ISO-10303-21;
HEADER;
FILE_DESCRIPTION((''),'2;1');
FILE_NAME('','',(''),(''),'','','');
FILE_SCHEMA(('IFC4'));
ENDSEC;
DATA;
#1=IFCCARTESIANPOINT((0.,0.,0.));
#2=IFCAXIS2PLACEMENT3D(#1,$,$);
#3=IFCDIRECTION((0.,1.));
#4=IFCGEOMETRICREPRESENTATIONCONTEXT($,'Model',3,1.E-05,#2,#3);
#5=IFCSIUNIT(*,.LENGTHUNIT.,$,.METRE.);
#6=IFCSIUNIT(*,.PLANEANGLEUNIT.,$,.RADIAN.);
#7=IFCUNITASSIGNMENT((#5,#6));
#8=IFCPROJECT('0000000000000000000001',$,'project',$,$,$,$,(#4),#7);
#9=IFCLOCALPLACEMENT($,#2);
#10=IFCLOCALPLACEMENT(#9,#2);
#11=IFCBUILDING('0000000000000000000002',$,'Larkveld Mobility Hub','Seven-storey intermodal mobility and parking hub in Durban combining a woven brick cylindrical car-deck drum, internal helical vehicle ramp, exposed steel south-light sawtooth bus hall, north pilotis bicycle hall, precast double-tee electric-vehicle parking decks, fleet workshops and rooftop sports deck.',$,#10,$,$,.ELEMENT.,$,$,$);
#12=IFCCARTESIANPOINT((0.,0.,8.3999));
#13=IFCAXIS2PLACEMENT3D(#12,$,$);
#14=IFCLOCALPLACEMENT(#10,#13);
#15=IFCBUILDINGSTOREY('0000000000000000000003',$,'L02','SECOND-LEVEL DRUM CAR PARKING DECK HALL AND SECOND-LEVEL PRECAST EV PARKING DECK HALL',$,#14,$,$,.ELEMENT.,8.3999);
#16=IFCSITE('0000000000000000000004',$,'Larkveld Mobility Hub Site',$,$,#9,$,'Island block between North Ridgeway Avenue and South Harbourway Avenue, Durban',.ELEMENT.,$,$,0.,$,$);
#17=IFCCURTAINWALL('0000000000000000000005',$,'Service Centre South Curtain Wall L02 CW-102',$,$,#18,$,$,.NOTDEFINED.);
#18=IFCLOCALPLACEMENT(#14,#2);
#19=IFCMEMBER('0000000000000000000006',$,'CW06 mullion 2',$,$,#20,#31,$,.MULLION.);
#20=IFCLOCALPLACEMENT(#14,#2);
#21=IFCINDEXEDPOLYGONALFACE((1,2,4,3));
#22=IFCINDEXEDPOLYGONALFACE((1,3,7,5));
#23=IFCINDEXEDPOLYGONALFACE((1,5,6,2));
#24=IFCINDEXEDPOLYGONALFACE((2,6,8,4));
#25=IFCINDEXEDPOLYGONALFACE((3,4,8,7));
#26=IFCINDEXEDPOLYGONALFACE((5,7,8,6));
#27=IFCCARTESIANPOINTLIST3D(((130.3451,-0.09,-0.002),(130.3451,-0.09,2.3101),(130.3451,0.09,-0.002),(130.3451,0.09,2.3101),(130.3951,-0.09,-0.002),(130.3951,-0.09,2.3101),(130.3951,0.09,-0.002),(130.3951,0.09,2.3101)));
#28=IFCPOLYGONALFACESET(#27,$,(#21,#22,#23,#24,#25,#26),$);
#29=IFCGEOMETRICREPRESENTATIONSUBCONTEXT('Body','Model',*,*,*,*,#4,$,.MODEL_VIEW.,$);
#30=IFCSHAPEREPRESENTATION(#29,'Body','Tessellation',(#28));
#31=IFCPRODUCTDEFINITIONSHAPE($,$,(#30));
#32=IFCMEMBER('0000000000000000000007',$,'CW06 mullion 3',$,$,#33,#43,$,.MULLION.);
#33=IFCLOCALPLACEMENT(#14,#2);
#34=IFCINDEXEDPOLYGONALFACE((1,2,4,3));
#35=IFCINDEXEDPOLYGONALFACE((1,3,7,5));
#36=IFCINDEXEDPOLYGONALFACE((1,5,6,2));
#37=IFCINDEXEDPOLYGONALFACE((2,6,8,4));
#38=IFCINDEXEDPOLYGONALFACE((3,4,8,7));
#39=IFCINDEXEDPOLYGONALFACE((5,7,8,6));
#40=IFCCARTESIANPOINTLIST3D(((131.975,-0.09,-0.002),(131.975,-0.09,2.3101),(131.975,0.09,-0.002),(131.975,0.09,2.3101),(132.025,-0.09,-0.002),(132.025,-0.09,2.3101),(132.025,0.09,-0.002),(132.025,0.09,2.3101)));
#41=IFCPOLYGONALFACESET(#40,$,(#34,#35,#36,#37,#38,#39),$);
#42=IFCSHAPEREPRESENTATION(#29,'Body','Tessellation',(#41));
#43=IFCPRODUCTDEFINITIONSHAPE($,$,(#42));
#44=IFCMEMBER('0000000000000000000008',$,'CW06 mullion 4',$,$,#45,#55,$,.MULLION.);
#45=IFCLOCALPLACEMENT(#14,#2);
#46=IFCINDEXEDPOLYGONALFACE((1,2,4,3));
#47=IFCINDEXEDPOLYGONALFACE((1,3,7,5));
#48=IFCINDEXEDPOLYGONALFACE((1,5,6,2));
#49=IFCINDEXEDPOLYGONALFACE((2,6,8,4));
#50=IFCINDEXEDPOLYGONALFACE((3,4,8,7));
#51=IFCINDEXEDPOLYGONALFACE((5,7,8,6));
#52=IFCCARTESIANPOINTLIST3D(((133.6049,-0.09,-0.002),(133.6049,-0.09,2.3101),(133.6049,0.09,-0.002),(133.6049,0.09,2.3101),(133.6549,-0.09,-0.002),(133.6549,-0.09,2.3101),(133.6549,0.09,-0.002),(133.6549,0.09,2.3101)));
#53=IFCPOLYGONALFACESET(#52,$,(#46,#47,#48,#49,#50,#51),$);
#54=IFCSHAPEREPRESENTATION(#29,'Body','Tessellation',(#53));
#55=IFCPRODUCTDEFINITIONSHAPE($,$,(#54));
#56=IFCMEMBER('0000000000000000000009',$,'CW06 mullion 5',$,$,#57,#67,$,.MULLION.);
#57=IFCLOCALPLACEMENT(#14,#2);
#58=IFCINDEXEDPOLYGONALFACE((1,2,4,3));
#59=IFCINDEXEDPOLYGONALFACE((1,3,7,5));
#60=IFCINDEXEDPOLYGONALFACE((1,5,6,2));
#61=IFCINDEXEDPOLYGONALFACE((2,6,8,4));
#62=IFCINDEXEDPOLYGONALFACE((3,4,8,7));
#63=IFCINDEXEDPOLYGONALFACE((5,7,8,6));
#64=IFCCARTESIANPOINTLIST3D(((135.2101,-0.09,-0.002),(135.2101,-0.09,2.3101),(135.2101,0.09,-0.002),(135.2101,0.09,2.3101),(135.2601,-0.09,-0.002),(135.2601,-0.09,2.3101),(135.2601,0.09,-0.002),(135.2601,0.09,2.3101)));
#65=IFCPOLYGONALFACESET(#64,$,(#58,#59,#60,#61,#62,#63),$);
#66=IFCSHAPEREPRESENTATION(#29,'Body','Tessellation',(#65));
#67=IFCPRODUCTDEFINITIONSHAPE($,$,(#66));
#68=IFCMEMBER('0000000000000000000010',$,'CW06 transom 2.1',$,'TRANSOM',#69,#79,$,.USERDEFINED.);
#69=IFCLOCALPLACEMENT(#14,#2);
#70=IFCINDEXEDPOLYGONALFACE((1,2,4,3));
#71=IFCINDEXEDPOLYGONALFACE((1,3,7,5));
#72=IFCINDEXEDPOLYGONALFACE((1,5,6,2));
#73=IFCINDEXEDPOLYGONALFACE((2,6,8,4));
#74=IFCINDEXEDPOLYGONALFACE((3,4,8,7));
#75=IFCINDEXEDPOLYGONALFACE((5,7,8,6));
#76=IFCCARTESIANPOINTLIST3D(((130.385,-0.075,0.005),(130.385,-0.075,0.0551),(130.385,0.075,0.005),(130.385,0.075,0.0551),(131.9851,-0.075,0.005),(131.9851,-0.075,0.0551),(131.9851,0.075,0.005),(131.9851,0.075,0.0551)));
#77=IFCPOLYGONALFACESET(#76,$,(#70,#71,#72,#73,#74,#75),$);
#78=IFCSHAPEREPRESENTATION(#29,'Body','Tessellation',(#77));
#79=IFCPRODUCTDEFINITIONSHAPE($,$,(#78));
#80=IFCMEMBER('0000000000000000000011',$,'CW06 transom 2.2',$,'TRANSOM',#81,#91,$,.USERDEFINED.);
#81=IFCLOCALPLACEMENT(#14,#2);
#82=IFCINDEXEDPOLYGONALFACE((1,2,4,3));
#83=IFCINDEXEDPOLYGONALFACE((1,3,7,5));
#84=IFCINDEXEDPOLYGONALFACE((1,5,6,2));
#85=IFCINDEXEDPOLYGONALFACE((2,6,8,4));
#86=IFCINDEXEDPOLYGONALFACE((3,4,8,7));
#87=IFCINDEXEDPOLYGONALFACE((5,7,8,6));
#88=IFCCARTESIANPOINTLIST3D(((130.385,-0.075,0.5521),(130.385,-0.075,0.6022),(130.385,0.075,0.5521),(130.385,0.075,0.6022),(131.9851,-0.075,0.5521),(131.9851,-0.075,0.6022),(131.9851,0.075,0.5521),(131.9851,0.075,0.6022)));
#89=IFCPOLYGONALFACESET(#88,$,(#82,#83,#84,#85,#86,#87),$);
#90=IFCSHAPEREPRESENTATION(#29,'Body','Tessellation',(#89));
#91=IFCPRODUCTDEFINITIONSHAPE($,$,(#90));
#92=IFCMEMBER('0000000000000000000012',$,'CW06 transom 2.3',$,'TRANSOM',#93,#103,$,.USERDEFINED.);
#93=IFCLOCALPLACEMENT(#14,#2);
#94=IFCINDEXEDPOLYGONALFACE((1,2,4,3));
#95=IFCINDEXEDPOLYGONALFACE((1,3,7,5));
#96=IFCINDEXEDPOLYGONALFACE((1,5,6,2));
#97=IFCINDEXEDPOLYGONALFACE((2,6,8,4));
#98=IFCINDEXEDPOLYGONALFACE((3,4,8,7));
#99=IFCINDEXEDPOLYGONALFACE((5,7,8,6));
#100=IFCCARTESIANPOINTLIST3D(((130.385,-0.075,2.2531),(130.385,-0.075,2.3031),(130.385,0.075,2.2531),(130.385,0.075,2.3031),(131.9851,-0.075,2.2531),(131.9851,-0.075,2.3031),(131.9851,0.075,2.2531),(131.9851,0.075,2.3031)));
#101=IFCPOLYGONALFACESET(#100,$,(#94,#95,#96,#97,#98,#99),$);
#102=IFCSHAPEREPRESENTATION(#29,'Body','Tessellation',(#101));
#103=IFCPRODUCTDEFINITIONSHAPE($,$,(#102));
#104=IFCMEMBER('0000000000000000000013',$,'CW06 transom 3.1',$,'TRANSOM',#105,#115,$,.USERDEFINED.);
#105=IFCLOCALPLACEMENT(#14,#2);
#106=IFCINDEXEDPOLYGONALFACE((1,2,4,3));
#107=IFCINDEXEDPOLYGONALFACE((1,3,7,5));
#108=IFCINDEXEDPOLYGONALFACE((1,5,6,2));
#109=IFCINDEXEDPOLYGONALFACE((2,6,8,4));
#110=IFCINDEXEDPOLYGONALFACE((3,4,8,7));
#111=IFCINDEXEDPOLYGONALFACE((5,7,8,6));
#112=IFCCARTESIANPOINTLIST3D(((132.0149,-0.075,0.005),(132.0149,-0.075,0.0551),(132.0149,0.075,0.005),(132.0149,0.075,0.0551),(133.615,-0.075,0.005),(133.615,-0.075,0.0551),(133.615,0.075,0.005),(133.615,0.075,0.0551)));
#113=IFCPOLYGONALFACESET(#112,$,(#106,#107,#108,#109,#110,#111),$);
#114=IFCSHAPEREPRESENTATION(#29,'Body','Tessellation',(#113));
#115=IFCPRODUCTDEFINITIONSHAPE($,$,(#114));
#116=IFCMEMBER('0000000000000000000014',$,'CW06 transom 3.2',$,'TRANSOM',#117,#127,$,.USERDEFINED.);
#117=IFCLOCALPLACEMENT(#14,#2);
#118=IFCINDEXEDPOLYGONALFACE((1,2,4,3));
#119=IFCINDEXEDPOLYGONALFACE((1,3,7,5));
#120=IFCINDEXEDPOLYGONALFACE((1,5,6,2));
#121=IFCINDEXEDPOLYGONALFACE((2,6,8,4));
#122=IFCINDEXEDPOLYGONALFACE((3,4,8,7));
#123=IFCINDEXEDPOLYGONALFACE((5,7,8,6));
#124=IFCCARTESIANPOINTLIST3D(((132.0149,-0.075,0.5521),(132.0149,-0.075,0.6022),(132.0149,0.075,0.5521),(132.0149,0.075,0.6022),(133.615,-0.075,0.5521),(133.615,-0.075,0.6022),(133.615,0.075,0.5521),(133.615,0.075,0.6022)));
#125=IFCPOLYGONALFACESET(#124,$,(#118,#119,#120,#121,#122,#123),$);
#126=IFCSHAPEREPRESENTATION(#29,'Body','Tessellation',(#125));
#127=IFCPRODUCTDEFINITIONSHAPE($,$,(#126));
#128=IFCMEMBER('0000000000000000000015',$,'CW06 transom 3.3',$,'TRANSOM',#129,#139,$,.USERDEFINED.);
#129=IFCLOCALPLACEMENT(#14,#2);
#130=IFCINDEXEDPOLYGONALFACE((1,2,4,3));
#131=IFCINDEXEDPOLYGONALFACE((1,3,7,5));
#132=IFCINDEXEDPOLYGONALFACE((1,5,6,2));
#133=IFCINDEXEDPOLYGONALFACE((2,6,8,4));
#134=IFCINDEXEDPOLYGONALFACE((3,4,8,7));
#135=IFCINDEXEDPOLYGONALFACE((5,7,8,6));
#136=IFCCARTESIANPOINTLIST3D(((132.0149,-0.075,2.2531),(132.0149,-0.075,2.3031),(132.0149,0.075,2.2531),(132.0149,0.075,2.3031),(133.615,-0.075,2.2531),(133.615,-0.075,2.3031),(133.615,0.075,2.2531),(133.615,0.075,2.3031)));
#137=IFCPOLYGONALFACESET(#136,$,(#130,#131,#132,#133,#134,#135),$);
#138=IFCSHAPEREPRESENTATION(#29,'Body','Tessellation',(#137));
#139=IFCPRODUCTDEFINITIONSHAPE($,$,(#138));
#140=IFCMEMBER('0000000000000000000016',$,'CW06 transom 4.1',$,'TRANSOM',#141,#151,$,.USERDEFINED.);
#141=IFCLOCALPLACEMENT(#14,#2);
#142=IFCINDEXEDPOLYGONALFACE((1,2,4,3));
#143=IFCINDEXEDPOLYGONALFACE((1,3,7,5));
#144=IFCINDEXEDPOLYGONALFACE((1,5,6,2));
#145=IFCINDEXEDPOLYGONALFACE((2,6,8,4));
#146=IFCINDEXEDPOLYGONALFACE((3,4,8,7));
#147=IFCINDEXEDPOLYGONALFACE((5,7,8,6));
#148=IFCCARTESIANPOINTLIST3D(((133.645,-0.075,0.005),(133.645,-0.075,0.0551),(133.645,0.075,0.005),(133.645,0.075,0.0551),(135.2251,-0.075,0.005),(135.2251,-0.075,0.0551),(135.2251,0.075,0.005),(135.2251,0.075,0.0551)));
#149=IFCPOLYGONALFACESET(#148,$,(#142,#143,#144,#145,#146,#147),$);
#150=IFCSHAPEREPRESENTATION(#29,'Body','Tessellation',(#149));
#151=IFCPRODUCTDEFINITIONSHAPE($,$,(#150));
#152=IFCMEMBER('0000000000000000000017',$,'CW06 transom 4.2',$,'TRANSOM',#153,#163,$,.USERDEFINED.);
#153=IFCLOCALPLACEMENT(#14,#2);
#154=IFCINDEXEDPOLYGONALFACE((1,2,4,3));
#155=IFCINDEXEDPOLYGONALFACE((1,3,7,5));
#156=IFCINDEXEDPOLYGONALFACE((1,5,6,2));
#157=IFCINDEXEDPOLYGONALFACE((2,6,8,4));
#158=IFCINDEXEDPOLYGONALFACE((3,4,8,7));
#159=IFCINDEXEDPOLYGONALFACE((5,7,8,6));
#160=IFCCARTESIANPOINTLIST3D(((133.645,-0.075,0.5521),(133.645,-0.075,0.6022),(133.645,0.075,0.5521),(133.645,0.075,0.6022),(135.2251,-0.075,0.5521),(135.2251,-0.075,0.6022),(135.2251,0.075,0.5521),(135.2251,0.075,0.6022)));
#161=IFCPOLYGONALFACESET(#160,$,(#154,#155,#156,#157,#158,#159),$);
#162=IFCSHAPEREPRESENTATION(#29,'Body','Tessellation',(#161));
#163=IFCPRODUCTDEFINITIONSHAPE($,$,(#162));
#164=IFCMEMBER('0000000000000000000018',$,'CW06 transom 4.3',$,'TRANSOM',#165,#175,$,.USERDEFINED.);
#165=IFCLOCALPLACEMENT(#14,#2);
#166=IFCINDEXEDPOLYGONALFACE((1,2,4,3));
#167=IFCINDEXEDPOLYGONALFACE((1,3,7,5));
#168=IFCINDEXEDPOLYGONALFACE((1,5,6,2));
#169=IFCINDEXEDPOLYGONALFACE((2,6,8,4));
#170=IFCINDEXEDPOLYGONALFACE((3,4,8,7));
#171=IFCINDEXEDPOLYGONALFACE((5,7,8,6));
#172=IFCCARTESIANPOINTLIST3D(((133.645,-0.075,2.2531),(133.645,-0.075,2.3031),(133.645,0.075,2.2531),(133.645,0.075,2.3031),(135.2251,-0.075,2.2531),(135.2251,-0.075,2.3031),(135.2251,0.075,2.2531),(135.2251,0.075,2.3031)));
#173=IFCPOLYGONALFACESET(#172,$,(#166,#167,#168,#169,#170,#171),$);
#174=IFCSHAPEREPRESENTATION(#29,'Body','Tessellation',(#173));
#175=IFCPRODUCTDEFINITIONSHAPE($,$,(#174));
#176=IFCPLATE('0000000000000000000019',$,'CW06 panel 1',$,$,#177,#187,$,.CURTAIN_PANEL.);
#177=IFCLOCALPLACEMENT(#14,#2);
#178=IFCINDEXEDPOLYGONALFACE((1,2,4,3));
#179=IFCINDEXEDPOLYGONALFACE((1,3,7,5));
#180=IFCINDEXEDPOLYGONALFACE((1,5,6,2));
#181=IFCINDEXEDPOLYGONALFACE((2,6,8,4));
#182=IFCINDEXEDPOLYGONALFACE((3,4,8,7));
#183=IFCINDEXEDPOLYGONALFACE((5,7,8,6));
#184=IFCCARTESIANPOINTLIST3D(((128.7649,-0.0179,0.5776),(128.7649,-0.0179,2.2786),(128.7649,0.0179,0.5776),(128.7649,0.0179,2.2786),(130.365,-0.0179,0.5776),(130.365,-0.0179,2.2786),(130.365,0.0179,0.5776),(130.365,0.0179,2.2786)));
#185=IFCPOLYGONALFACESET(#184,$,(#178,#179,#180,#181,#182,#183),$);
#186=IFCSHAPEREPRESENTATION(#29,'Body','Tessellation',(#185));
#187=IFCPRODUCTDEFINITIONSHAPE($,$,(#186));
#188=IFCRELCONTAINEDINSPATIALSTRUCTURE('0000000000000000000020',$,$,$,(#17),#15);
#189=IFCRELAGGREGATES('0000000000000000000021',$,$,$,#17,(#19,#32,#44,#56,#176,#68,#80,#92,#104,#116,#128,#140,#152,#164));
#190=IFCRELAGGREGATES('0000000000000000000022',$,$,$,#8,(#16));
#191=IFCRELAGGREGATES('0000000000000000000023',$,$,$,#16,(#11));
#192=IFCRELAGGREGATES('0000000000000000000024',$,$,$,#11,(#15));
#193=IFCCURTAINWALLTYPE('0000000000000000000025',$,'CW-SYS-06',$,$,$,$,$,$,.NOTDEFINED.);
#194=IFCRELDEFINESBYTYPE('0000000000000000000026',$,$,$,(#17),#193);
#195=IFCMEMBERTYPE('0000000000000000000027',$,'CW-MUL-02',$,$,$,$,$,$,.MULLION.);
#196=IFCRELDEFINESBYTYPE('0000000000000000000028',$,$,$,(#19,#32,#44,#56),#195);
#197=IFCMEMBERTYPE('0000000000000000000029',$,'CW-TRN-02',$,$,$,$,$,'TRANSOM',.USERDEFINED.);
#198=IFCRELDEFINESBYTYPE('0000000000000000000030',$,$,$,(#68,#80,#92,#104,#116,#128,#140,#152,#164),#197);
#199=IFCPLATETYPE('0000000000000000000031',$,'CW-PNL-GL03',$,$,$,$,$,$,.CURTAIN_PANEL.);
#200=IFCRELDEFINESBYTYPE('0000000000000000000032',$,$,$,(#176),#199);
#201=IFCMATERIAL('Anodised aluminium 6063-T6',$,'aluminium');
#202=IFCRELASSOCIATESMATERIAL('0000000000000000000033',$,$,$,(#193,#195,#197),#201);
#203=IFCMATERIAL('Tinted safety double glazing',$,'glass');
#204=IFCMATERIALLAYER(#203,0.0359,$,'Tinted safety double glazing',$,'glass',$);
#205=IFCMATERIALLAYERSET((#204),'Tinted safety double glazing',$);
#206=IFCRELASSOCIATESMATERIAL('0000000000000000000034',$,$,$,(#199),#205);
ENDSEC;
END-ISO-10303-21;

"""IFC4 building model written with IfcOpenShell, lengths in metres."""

from ifc_helpers import new_model, si_unit, direction, frame, origin, origin_2d, place, context, subcontext, project, spatial, rectangle, extrude, material, layer, layer_set, material_profile, profile_set, type_object, element, aggregate, save


model = new_model("IFC4")

# Units and contexts
model_context = context("Model", 3, precision=1e-05, world=origin(), true_north=direction((0.0, 1.0)))
body_context = subcontext(model_context, "Body", "Model", "MODEL_VIEW")
ifc_project = project(units=[si_unit("LENGTHUNIT", "METRE"), si_unit("PLANEANGLEUNIT", "RADIAN")], contexts=[model_context])

# Site, building, storey
site_placement = place(None, origin())
site = spatial("IfcSite", under=ifc_project, at=site_placement, Name="Larkveld Mobility Hub Site", LongName="Island block between North Ridgeway Avenue and South Harbourway Avenue, Durban", CompositionType="ELEMENT", RefElevation=0.0)
building_placement = place(site_placement, origin())
building = spatial("IfcBuilding", under=site, at=building_placement, Name="Larkveld Mobility Hub", Description="Seven-storey intermodal mobility and parking hub in Durban combining a woven brick cylindrical car-deck drum, internal helical vehicle ramp, exposed steel south-light sawtooth bus hall, north pilotis bicycle hall, precast double-tee electric-vehicle parking decks, fleet workshops and rooftop sports deck.", CompositionType="ELEMENT")
storey_placement = place(building_placement, frame((0.0, 0.0, 8.3999)))
storey = spatial("IfcBuildingStorey", under=building, at=storey_placement, Name="L02", Description="SECOND-LEVEL DRUM CAR PARKING DECK HALL AND SECOND-LEVEL PRECAST EV PARKING DECK HALL", CompositionType="ELEMENT", Elevation=8.3999)

# Curtain wall, members, plate
ifc_material_1 = material(Name="Anodised aluminium 6063-T6", Category="aluminium")
curtain_wall_type = type_object("IfcCurtainWallType", Name="CW-SYS-06", PredefinedType="NOTDEFINED", material=ifc_material_1)
curtain_wall_placement = place(storey_placement, origin())
curtain_wall = element("IfcCurtainWall", 1, at=curtain_wall_placement, inside=storey, type_object=curtain_wall_type, Name="Service Centre South Curtain Wall L02 CW-102", PredefinedType="NOTDEFINED")
ifc_material_profile_1 = material_profile(ifc_material_1, rectangle(XDim=0.05, YDim=0.1799, at=origin_2d()), Name="ALU MULL 50x180")
ifc_profile_set_1 = profile_set([ifc_material_profile_1], Name="Anodised aluminium 6063-T6")
member_type_1 = type_object("IfcMemberType", Name="CW-MUL-02", PredefinedType="MULLION", material=ifc_profile_set_1)
member_1_placement = place(storey_placement, frame((130.3701, 0.0, -0.002), z_axis=(0.0, 0.0, 1.0), x_axis=(1.0, 0.0, 0.0)))
member_1 = element("IfcMember", 2, at=member_1_placement, type_object=member_type_1, Name="CW06 mullion 2", PredefinedType="MULLION", context=body_context, shape_type="SweptSolid", body=[
    extrude(rectangle(XDim=0.05, YDim=0.1799, at=origin_2d()), origin(), (0.0, 0.0, 1.0), 2.312),
])
member_2_placement = place(storey_placement, frame((132.0, 0.0, -0.002), z_axis=(0.0, 0.0, 1.0), x_axis=(1.0, 0.0, 0.0)))
member_2 = element("IfcMember", 3, at=member_2_placement, type_object=member_type_1, Name="CW06 mullion 3", PredefinedType="MULLION", context=body_context, shape_type="SweptSolid", body=[
    extrude(rectangle(XDim=0.05, YDim=0.1799, at=origin_2d()), origin(), (0.0, 0.0, 1.0), 2.312),
])
member_3_placement = place(storey_placement, frame((133.6299, 0.0, -0.002), z_axis=(0.0, 0.0, 1.0), x_axis=(1.0, 0.0, 0.0)))
member_3 = element("IfcMember", 4, at=member_3_placement, type_object=member_type_1, Name="CW06 mullion 4", PredefinedType="MULLION", context=body_context, shape_type="SweptSolid", body=[
    extrude(rectangle(XDim=0.05, YDim=0.1799, at=origin_2d()), origin(), (0.0, 0.0, 1.0), 2.312),
])
member_4_placement = place(storey_placement, frame((135.2351, 0.0, -0.002), z_axis=(0.0, 0.0, 1.0), x_axis=(1.0, 0.0, 0.0)))
member_4 = element("IfcMember", 5, at=member_4_placement, type_object=member_type_1, Name="CW06 mullion 5", PredefinedType="MULLION", context=body_context, shape_type="SweptSolid", body=[
    extrude(rectangle(XDim=0.05, YDim=0.1799, at=origin_2d()), origin(), (0.0, 0.0, 1.0), 2.312),
])
ifc_material_profile_2 = material_profile(ifc_material_1, rectangle(XDim=0.1499, YDim=0.05, at=origin_2d()), Name="ALU TRAN 50x150")
ifc_profile_set_2 = profile_set([ifc_material_profile_2], Name="Anodised aluminium 6063-T6")
member_type_2 = type_object("IfcMemberType", Name="CW-TRN-02", ElementType="TRANSOM", PredefinedType="USERDEFINED", material=ifc_profile_set_2)
member_5_placement = place(storey_placement, frame((130.385, 0.0, 0.03), z_axis=(1.0, 0.0, 0.0), x_axis=(0.0, 1.0, 0.0)))
member_5 = element("IfcMember", 6, at=member_5_placement, type_object=member_type_2, Name="CW06 transom 2.1", ObjectType="TRANSOM", PredefinedType="USERDEFINED", context=body_context, shape_type="SweptSolid", body=[
    extrude(rectangle(XDim=0.1499, YDim=0.05, at=origin_2d()), origin(), (0.0, 0.0, 1.0), 1.6001),
])
member_6_placement = place(storey_placement, frame((130.385, 0.0, 0.5771), z_axis=(1.0, 0.0, 0.0), x_axis=(0.0, 1.0, 0.0)))
member_6 = element("IfcMember", 7, at=member_6_placement, type_object=member_type_2, Name="CW06 transom 2.2", ObjectType="TRANSOM", PredefinedType="USERDEFINED", context=body_context, shape_type="SweptSolid", body=[
    extrude(rectangle(XDim=0.1499, YDim=0.05, at=origin_2d()), origin(), (0.0, 0.0, 1.0), 1.6001),
])
member_7_placement = place(storey_placement, frame((130.385, 0.0, 2.2781), z_axis=(1.0, 0.0, 0.0), x_axis=(0.0, 1.0, 0.0)))
member_7 = element("IfcMember", 8, at=member_7_placement, type_object=member_type_2, Name="CW06 transom 2.3", ObjectType="TRANSOM", PredefinedType="USERDEFINED", context=body_context, shape_type="SweptSolid", body=[
    extrude(rectangle(XDim=0.1499, YDim=0.05, at=origin_2d()), origin(), (0.0, 0.0, 1.0), 1.6001),
])
member_8_placement = place(storey_placement, frame((132.0149, 0.0, 0.03), z_axis=(1.0, 0.0, 0.0), x_axis=(0.0, 1.0, 0.0)))
member_8 = element("IfcMember", 9, at=member_8_placement, type_object=member_type_2, Name="CW06 transom 3.1", ObjectType="TRANSOM", PredefinedType="USERDEFINED", context=body_context, shape_type="SweptSolid", body=[
    extrude(rectangle(XDim=0.1499, YDim=0.05, at=origin_2d()), origin(), (0.0, 0.0, 1.0), 1.6001),
])
member_9_placement = place(storey_placement, frame((132.0149, 0.0, 0.5771), z_axis=(1.0, 0.0, 0.0), x_axis=(0.0, 1.0, 0.0)))
member_9 = element("IfcMember", 10, at=member_9_placement, type_object=member_type_2, Name="CW06 transom 3.2", ObjectType="TRANSOM", PredefinedType="USERDEFINED", context=body_context, shape_type="SweptSolid", body=[
    extrude(rectangle(XDim=0.1499, YDim=0.05, at=origin_2d()), origin(), (0.0, 0.0, 1.0), 1.6001),
])
member_10_placement = place(storey_placement, frame((132.0149, 0.0, 2.2781), z_axis=(1.0, 0.0, 0.0), x_axis=(0.0, 1.0, 0.0)))
member_10 = element("IfcMember", 11, at=member_10_placement, type_object=member_type_2, Name="CW06 transom 3.3", ObjectType="TRANSOM", PredefinedType="USERDEFINED", context=body_context, shape_type="SweptSolid", body=[
    extrude(rectangle(XDim=0.1499, YDim=0.05, at=origin_2d()), origin(), (0.0, 0.0, 1.0), 1.6001),
])
member_11_placement = place(storey_placement, frame((133.645, 0.0, 0.03), z_axis=(1.0, 0.0, 0.0), x_axis=(0.0, 1.0, 0.0)))
member_11 = element("IfcMember", 12, at=member_11_placement, type_object=member_type_2, Name="CW06 transom 4.1", ObjectType="TRANSOM", PredefinedType="USERDEFINED", context=body_context, shape_type="SweptSolid", body=[
    extrude(rectangle(XDim=0.1499, YDim=0.05, at=origin_2d()), origin(), (0.0, 0.0, 1.0), 1.5801),
])
member_12_placement = place(storey_placement, frame((133.645, 0.0, 0.5771), z_axis=(1.0, 0.0, 0.0), x_axis=(0.0, 1.0, 0.0)))
member_12 = element("IfcMember", 13, at=member_12_placement, type_object=member_type_2, Name="CW06 transom 4.2", ObjectType="TRANSOM", PredefinedType="USERDEFINED", context=body_context, shape_type="SweptSolid", body=[
    extrude(rectangle(XDim=0.1499, YDim=0.05, at=origin_2d()), origin(), (0.0, 0.0, 1.0), 1.5801),
])
member_13_placement = place(storey_placement, frame((133.645, 0.0, 2.2781), z_axis=(1.0, 0.0, 0.0), x_axis=(0.0, 1.0, 0.0)))
member_13 = element("IfcMember", 14, at=member_13_placement, type_object=member_type_2, Name="CW06 transom 4.3", ObjectType="TRANSOM", PredefinedType="USERDEFINED", context=body_context, shape_type="SweptSolid", body=[
    extrude(rectangle(XDim=0.1499, YDim=0.05, at=origin_2d()), origin(), (0.0, 0.0, 1.0), 1.5801),
])
ifc_material_2 = material(Name="Tinted safety double glazing", Category="glass")
ifc_layer_1 = layer(ifc_material_2, 0.0359, Name="Tinted safety double glazing", Category="glass")
ifc_layer_set_1 = layer_set([ifc_layer_1], Name="Tinted safety double glazing")
plate_type_1 = type_object("IfcPlateType", Name="CW-PNL-GL03", PredefinedType="CURTAIN_PANEL", material=ifc_layer_set_1)
plate_1_placement = place(storey_placement, frame((129.5649, 0.0, 0.5776), z_axis=(0.0, 0.0, 1.0), x_axis=(1.0, 0.0, 0.0)))
plate_1 = element("IfcPlate", 15, at=plate_1_placement, type_object=plate_type_1, Name="CW06 panel 1", PredefinedType="CURTAIN_PANEL", context=body_context, shape_type="SweptSolid", body=[
    extrude(rectangle(XDim=1.6001, YDim=0.0359, at=origin_2d()), origin(), (0.0, 0.0, 1.0), 1.7009),
])
aggregate(curtain_wall, [member_1, member_2, member_3, member_4, plate_1, member_5, member_6, member_7, member_8, member_9, member_10, member_11, member_12, member_13])

save(model, "model.ifc")
